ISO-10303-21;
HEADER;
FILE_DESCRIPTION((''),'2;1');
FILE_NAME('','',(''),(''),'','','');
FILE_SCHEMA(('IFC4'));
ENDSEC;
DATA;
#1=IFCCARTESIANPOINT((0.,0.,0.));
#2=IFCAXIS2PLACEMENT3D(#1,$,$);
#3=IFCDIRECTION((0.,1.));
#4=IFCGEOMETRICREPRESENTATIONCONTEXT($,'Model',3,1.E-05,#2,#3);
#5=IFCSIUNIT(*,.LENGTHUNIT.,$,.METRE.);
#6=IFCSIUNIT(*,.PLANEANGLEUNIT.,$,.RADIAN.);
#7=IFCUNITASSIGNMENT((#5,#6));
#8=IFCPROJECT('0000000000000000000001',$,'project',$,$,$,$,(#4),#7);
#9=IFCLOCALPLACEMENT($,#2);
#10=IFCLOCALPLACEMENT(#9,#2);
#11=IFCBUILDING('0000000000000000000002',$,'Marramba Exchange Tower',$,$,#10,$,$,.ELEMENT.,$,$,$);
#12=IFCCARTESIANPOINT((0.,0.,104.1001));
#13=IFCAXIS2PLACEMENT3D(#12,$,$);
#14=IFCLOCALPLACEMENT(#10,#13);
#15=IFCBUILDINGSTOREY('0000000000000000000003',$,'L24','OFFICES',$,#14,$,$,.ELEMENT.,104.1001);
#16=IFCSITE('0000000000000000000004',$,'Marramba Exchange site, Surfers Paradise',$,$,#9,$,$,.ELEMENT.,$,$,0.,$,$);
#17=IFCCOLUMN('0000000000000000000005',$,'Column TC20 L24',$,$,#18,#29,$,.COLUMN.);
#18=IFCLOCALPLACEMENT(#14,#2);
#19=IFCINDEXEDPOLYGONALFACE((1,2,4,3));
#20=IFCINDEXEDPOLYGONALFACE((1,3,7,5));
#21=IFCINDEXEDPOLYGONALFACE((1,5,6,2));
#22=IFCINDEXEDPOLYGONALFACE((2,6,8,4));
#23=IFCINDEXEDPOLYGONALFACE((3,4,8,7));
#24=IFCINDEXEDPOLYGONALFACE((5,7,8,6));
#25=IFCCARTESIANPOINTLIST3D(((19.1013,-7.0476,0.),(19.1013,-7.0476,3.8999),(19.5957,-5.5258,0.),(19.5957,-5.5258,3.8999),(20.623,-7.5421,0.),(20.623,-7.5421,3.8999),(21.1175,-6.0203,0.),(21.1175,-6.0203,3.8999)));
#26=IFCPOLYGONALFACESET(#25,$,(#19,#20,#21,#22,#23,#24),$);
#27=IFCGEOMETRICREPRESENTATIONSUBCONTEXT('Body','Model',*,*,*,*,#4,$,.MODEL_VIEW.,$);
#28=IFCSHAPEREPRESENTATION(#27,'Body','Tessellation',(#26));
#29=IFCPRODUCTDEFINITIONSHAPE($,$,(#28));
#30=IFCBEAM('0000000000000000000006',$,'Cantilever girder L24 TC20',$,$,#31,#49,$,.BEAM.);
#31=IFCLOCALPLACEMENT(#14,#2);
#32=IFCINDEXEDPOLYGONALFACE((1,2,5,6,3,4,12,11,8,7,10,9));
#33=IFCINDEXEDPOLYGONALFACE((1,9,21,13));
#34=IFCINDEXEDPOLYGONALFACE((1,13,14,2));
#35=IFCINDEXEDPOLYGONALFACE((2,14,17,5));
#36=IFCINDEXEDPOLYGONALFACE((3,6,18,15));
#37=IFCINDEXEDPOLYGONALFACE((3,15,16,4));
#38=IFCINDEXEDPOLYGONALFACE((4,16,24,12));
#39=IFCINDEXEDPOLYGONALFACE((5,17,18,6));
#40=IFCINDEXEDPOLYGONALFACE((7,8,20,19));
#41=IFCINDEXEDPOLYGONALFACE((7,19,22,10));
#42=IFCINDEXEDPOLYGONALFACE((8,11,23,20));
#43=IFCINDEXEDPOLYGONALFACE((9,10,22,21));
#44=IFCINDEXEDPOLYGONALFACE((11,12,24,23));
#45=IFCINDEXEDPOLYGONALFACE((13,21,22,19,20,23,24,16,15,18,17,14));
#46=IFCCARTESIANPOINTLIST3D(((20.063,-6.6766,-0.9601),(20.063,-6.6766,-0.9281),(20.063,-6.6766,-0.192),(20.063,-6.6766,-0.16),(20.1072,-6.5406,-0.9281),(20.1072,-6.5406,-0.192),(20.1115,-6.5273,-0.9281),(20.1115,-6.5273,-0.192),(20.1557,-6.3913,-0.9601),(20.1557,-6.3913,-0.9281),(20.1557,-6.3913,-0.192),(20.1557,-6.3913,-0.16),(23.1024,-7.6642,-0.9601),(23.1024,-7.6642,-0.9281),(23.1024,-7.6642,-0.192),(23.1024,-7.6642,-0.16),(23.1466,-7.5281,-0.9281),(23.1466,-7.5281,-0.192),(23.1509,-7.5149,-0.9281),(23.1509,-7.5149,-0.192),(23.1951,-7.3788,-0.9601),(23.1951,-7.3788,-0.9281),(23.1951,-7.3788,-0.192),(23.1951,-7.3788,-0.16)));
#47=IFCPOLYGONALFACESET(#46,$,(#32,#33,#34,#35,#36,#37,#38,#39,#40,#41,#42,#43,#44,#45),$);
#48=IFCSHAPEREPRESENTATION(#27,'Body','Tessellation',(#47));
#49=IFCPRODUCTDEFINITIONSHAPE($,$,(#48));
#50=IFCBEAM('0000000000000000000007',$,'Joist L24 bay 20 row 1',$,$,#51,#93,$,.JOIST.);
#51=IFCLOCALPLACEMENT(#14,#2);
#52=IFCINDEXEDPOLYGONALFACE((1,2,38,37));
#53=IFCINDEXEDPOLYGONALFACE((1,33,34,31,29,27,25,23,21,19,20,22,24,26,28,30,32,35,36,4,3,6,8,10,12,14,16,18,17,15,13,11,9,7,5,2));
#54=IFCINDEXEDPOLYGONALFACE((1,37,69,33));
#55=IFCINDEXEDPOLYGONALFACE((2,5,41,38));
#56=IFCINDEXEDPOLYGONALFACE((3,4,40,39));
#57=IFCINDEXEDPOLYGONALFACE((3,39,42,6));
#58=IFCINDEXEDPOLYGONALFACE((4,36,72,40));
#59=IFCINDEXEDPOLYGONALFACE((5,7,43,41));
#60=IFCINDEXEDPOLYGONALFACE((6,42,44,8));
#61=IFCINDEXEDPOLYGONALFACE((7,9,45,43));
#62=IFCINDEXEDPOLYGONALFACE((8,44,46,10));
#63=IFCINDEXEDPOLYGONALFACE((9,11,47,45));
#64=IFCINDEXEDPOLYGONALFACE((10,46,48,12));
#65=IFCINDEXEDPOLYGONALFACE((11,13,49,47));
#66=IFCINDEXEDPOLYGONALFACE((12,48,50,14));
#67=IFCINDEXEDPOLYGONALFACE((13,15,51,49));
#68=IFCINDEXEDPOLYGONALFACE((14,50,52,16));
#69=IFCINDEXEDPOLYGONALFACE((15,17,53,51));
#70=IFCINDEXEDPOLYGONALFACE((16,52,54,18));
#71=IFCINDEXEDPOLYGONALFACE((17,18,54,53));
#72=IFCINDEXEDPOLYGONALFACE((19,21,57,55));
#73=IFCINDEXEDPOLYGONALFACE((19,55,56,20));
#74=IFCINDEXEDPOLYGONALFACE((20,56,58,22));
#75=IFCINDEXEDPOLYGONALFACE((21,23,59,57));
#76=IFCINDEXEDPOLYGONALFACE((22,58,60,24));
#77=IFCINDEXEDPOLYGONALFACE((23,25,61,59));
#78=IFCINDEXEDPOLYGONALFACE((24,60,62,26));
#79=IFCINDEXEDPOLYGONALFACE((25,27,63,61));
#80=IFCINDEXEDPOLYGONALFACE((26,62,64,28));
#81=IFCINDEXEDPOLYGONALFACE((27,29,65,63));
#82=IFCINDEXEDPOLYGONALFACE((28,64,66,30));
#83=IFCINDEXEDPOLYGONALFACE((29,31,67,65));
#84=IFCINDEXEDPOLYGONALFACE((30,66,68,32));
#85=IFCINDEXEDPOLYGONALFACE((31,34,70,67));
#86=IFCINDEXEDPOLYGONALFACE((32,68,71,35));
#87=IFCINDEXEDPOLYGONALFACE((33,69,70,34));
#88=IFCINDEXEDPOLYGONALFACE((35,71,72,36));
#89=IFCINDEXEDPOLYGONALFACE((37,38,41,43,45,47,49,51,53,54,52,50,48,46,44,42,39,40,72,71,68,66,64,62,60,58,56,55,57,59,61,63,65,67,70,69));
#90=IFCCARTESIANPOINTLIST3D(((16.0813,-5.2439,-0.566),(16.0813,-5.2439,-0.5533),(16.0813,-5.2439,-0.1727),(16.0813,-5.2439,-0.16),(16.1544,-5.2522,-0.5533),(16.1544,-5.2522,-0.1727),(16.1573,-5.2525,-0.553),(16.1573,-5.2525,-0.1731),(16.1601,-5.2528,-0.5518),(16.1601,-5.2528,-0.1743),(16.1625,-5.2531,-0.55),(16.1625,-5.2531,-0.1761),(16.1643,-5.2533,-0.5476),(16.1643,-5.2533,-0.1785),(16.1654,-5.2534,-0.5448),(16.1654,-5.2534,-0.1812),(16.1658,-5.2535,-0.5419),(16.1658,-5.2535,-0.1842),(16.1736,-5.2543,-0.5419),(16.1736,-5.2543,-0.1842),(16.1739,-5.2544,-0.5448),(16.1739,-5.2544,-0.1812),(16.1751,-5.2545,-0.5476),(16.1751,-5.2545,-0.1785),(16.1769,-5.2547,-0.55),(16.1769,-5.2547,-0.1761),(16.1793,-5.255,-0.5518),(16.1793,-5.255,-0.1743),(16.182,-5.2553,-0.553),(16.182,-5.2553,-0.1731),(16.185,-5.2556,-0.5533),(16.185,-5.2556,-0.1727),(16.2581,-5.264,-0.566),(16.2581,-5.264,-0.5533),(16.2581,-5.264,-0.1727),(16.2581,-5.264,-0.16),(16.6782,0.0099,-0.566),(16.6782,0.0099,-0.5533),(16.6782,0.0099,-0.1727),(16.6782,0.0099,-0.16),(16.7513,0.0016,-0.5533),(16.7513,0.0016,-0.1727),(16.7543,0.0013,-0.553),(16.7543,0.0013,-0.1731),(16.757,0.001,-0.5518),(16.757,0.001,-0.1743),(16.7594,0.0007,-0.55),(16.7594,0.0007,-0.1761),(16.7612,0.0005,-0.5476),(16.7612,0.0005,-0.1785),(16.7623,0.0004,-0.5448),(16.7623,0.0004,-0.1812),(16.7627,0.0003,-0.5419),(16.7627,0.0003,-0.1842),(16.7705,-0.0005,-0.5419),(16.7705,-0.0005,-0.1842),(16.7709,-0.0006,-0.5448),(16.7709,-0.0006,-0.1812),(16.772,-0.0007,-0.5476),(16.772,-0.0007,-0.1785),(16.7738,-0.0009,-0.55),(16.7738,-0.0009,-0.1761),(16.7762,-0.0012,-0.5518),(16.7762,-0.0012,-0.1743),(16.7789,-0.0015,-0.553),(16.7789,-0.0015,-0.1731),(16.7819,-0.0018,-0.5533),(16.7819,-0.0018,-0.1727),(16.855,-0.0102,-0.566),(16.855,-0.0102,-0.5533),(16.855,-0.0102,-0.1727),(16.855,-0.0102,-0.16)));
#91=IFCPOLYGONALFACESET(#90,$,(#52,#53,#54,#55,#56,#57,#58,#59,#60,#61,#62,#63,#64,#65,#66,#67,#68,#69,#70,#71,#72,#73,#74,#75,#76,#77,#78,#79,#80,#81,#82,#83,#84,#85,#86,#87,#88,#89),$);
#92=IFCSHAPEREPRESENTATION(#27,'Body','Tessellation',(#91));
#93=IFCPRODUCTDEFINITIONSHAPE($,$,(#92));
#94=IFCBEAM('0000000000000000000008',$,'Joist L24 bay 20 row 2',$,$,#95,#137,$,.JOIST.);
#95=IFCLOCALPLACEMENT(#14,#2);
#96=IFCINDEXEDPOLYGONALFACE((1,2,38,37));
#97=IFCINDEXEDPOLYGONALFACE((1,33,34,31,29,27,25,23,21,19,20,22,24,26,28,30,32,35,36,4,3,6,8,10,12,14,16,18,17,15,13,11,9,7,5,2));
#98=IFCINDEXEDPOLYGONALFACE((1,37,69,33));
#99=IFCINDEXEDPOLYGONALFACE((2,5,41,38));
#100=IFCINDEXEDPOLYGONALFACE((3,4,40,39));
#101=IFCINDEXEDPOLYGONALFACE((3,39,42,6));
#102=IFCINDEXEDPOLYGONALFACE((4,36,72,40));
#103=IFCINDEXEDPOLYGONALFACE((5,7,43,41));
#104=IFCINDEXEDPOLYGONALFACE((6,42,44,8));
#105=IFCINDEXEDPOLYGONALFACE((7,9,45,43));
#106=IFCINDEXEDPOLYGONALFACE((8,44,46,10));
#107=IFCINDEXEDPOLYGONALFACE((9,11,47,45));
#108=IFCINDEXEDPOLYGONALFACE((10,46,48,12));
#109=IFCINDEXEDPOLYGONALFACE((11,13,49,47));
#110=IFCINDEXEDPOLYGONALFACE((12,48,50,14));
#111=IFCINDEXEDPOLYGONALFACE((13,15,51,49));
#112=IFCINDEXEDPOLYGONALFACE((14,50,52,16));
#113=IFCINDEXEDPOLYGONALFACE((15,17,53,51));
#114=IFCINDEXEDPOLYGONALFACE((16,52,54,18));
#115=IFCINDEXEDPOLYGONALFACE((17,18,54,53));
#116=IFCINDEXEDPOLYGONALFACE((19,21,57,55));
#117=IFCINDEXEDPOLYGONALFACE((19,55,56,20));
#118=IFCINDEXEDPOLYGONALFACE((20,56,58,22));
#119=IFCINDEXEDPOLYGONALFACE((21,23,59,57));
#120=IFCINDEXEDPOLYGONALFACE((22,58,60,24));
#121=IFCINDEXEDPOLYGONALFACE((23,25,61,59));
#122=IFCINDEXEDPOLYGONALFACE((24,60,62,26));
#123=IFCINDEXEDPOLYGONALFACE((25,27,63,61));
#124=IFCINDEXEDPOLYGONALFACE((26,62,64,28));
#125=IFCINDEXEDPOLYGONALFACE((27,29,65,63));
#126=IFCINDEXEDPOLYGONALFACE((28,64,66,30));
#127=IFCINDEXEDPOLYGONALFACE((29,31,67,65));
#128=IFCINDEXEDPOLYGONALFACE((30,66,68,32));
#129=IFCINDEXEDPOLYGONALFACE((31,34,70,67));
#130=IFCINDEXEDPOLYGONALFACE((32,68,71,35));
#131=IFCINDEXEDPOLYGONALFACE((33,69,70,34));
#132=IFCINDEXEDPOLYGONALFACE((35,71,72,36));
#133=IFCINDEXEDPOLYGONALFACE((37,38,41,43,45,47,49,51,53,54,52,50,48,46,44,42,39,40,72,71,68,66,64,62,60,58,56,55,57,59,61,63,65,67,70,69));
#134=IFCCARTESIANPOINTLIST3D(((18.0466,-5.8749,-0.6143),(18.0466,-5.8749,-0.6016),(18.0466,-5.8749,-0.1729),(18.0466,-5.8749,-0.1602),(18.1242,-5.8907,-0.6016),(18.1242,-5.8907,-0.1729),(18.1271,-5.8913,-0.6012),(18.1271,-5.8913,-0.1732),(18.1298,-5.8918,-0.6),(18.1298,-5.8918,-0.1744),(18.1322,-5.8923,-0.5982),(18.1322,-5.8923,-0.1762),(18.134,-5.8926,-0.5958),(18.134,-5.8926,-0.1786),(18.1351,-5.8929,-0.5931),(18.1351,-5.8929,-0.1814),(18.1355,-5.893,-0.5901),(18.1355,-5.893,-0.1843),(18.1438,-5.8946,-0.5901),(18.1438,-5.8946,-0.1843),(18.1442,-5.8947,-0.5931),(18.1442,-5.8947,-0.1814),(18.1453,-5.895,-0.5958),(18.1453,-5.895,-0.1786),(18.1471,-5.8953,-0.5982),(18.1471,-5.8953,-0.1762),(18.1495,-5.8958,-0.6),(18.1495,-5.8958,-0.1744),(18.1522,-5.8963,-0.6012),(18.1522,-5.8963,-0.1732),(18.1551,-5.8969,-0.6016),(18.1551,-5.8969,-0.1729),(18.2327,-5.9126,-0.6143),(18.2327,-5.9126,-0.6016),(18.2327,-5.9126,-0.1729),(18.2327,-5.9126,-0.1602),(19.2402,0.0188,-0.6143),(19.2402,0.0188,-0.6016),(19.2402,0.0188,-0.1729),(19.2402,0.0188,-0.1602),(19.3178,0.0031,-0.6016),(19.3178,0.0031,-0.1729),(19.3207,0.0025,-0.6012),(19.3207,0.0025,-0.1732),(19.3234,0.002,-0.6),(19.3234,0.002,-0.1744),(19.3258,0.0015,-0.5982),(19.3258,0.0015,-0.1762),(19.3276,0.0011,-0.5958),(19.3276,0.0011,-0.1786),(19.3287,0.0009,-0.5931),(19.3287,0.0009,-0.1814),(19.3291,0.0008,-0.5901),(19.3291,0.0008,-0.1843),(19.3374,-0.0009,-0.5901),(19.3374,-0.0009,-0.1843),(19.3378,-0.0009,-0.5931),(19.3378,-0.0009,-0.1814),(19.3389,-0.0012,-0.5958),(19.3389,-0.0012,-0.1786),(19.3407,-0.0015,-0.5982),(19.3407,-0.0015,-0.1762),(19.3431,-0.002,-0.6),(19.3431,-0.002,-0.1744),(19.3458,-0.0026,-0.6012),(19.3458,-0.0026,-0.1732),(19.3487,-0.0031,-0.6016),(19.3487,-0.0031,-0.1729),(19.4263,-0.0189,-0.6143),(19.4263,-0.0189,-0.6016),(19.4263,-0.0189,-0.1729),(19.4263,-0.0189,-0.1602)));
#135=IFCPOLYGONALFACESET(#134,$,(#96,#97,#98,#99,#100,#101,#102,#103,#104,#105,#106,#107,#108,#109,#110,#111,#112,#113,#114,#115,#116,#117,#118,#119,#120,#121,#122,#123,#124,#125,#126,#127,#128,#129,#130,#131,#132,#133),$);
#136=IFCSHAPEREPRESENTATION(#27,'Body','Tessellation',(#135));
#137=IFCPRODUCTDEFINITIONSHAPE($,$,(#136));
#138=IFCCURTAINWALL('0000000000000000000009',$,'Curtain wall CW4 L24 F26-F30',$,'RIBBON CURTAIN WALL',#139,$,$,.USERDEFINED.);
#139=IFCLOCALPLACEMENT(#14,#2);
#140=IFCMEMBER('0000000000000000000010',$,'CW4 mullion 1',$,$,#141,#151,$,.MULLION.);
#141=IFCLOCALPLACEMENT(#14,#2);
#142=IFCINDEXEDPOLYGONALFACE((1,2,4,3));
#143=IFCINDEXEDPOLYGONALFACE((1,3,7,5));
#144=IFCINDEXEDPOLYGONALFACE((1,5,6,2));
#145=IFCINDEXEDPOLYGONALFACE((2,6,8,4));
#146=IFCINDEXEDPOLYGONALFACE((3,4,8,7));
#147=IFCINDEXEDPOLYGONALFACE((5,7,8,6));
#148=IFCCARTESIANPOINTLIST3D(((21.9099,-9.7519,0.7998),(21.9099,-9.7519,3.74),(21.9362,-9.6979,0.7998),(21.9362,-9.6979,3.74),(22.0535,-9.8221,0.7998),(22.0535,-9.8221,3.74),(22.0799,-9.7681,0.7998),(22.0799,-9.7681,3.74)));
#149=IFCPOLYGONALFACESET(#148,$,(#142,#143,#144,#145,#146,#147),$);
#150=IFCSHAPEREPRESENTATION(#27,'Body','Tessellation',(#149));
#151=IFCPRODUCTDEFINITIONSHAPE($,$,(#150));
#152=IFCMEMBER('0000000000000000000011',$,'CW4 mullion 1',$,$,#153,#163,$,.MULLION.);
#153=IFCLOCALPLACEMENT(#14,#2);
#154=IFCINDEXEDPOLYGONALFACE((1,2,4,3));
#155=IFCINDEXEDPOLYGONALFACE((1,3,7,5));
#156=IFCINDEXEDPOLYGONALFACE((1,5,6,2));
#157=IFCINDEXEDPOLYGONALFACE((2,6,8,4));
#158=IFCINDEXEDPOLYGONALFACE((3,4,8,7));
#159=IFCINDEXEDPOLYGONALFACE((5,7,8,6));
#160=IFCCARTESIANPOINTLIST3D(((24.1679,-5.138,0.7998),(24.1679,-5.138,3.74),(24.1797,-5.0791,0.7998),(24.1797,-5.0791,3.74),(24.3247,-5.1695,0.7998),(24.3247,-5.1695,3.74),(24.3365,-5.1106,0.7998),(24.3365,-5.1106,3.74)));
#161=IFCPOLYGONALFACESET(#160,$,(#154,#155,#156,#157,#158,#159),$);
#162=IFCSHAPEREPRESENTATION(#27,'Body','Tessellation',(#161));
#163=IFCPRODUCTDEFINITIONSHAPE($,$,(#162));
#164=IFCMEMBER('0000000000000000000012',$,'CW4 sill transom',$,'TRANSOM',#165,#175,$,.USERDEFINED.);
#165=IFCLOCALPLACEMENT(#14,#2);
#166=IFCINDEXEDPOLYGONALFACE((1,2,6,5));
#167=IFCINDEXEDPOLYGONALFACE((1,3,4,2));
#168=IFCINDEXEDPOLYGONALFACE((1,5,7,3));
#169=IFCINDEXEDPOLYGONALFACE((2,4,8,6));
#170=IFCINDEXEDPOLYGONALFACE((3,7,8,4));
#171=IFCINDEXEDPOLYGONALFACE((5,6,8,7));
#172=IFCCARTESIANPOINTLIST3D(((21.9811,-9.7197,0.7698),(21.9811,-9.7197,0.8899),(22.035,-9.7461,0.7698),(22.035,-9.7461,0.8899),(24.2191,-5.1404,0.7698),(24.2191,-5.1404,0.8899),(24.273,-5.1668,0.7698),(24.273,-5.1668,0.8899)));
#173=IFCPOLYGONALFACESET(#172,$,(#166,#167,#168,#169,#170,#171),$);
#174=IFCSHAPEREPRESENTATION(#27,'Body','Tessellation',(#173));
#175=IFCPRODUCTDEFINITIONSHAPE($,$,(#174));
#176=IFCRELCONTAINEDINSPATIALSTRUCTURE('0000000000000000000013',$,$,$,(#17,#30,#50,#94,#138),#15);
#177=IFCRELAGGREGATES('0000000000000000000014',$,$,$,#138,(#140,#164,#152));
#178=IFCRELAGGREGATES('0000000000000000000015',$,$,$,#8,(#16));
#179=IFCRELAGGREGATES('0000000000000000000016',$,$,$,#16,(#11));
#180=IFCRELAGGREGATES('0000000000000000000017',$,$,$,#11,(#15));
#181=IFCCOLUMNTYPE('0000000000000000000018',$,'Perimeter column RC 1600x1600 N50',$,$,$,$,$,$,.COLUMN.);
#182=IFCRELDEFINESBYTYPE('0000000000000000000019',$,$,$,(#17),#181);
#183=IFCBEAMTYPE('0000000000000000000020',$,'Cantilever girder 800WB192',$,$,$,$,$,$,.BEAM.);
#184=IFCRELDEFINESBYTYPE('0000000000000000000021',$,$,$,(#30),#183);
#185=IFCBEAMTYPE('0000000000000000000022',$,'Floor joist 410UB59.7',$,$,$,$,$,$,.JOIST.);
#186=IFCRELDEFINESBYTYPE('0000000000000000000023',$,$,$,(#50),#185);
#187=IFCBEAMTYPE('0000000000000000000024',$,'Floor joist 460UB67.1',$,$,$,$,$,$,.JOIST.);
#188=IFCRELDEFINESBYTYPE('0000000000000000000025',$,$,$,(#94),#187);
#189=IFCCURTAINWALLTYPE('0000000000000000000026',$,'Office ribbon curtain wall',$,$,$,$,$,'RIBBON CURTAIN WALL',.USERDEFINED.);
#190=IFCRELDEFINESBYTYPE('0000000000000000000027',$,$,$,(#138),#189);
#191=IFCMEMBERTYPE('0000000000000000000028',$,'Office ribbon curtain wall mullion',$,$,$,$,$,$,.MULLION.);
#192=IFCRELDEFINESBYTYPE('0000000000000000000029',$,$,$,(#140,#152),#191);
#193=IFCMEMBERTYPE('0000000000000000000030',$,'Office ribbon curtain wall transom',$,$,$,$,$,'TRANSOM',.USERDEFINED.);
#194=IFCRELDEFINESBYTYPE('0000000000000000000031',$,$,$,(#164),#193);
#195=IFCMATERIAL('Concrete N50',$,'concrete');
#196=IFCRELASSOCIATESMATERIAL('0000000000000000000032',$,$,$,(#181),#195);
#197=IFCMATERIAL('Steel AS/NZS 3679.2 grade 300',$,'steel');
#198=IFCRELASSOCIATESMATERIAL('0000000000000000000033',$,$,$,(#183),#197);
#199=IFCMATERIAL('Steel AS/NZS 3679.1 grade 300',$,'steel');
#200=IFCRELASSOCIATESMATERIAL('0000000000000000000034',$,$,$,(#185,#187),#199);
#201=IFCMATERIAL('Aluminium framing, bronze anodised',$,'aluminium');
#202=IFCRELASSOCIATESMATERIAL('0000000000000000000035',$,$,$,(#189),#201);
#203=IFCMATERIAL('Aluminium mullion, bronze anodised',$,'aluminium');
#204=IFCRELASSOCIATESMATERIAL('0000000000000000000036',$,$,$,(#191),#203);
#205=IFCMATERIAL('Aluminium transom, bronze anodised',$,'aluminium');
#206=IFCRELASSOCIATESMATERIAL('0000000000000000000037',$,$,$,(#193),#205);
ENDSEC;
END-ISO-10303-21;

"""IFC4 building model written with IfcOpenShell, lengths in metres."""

from ifc_helpers import new_model, si_unit, direction, frame, origin, origin_2d, place, context, subcontext, project, spatial, rectangle, i_section, extrude, material, material_profile, profile_set, type_object, element, aggregate, save


model = new_model("IFC4")

# Units and contexts
model_context = context("Model", 3, precision=1e-05, world=origin(), true_north=direction((0.0, 1.0)))
body_context = subcontext(model_context, "Body", "Model", "MODEL_VIEW")
ifc_project = project(units=[si_unit("LENGTHUNIT", "METRE"), si_unit("PLANEANGLEUNIT", "RADIAN")], contexts=[model_context])

# Site, building, storey
site_placement = place(None, origin())
site = spatial("IfcSite", under=ifc_project, at=site_placement, Name="Marramba Exchange site, Surfers Paradise", CompositionType="ELEMENT", RefElevation=0.0)
building_placement = place(site_placement, origin())
building = spatial("IfcBuilding", under=site, at=building_placement, Name="Marramba Exchange Tower", CompositionType="ELEMENT")
storey_placement = place(building_placement, frame((0.0, 0.0, 104.1001)))
storey = spatial("IfcBuildingStorey", under=building, at=storey_placement, Name="L24", Description="OFFICES", CompositionType="ELEMENT", Elevation=104.1001)

# Column
ifc_material_1 = material(Name="Concrete N50", Category="concrete")
ifc_material_profile_1 = material_profile(ifc_material_1, rectangle(XDim=1.6001, YDim=1.6001, at=origin_2d()), Name="RC 1600x1600")
ifc_profile_set_1 = profile_set([ifc_material_profile_1], Name="Concrete N50")
column_type = type_object("IfcColumnType", Name="Perimeter column RC 1600x1600 N50", PredefinedType="COLUMN", material=ifc_profile_set_1)
column_placement = place(storey_placement, frame((20.1094, -6.5339, 0.0), z_axis=(0.0, 0.0, 1.0), x_axis=(0.951057, -0.309017, 0.0)))
element("IfcColumn", 1, at=column_placement, inside=storey, type_object=column_type, Name="Column TC20 L24", PredefinedType="COLUMN", context=body_context, shape_type="SweptSolid", body=[
    extrude(rectangle(XDim=1.6001, YDim=1.6001, at=origin_2d()), origin(), (0.0, 0.0, 1.0), 3.8999),
])

# Beams
ifc_material_2 = material(Name="Steel AS/NZS 3679.2 grade 300", Category="steel")
ifc_material_profile_2 = material_profile(ifc_material_2, i_section(OverallWidth=0.3, OverallDepth=0.8, WebThickness=0.0139, FlangeThickness=0.032, at=origin_2d()), Name="800WB192")
ifc_profile_set_2 = profile_set([ifc_material_profile_2], Name="Steel AS/NZS 3679.2 grade 300")
beam_type_1 = type_object("IfcBeamType", Name="Cantilever girder 800WB192", PredefinedType="BEAM", material=ifc_profile_set_2)
beam_1_placement = place(storey_placement, frame((20.1094, -6.5339, -0.5601), z_axis=(0.951055, -0.309022, 0.0), x_axis=(0.309022, 0.951055, 0.0)))
element("IfcBeam", 2, at=beam_1_placement, inside=storey, type_object=beam_type_1, Name="Cantilever girder L24 TC20", PredefinedType="BEAM", context=body_context, shape_type="SweptSolid", body=[
    extrude(i_section(OverallWidth=0.3, OverallDepth=0.8, WebThickness=0.0139, FlangeThickness=0.032, at=origin_2d()), origin(), (0.0, 0.0, 1.0), 3.1958),
])
ifc_material_3 = material(Name="Steel AS/NZS 3679.1 grade 300", Category="steel")
ifc_material_profile_3 = material_profile(ifc_material_3, i_section(OverallWidth=0.178, OverallDepth=0.406, WebThickness=0.0078, FlangeThickness=0.0127, FilletRadius=0.0115, at=origin_2d()), Name="410UB59.7")
ifc_profile_set_3 = profile_set([ifc_material_profile_3], Name="Steel AS/NZS 3679.1 grade 300")
beam_type_2 = type_object("IfcBeamType", Name="Floor joist 410UB59.7", PredefinedType="JOIST", material=ifc_profile_set_3)
beam_2_placement = place(storey_placement, frame((16.1697, -5.2539, -0.363), z_axis=(0.112889, 0.993608, 0.0), x_axis=(-0.993608, 0.112889, 0.0)))
element("IfcBeam", 3, at=beam_2_placement, inside=storey, type_object=beam_type_2, Name="Joist L24 bay 20 row 1", PredefinedType="JOIST", context=body_context, shape_type="SweptSolid", body=[
    extrude(i_section(OverallWidth=0.178, OverallDepth=0.406, WebThickness=0.0078, FlangeThickness=0.0127, FilletRadius=0.0115, at=origin_2d()), origin(), (0.0, 0.0, 1.0), 5.2876),
])
ifc_material_profile_4 = material_profile(ifc_material_3, i_section(OverallWidth=0.1899, OverallDepth=0.4541, WebThickness=0.0085, FlangeThickness=0.0127, FilletRadius=0.0115, at=origin_2d()), Name="460UB67.1")
ifc_profile_set_4 = profile_set([ifc_material_profile_4], Name="Steel AS/NZS 3679.1 grade 300")
beam_type_3 = type_object("IfcBeamType", Name="Floor joist 460UB67.1", PredefinedType="JOIST", material=ifc_profile_set_4)
beam_3_placement = place(storey_placement, frame((18.1396, -5.8938, -0.3872), z_axis=(0.198489, 0.980103, 0.0), x_axis=(-0.980103, 0.198489, 0.0)))
element("IfcBeam", 4, at=beam_3_placement, inside=storey, type_object=beam_type_3, Name="Joist L24 bay 20 row 2", PredefinedType="JOIST", context=body_context, shape_type="SweptSolid", body=[
    extrude(i_section(OverallWidth=0.1899, OverallDepth=0.4541, WebThickness=0.0085, FlangeThickness=0.0127, FilletRadius=0.0115, at=origin_2d()), origin(), (0.0, 0.0, 1.0), 6.0134),
])

# Curtain wall, members
ifc_material_4 = material(Name="Aluminium framing, bronze anodised", Category="aluminium")
curtain_wall_type = type_object("IfcCurtainWallType", Name="Office ribbon curtain wall", ElementType="RIBBON CURTAIN WALL", PredefinedType="USERDEFINED", material=ifc_material_4)
curtain_wall_placement = place(storey_placement, origin())
curtain_wall = element("IfcCurtainWall", 5, at=curtain_wall_placement, inside=storey, type_object=curtain_wall_type, Name="Curtain wall CW4 L24 F26-F30", ObjectType="RIBBON CURTAIN WALL", PredefinedType="USERDEFINED")
ifc_material_5 = material(Name="Aluminium mullion, bronze anodised", Category="aluminium")
ifc_material_profile_5 = material_profile(ifc_material_5, rectangle(XDim=0.1599, YDim=0.0601, at=origin_2d()), Name="CW4 mullion 60x160")
ifc_profile_set_5 = profile_set([ifc_material_profile_5], Name="Aluminium mullion, bronze anodised")
member_type_1 = type_object("IfcMemberType", Name="Office ribbon curtain wall mullion", PredefinedType="MULLION", material=ifc_profile_set_5)
member_1_placement = place(storey_placement, frame((21.9949, -9.76, 0.7998), z_axis=(0.0, 0.0, 1.0), x_axis=(-0.898445, 0.439086, 0.0)))
member_1 = element("IfcMember", 6, at=member_1_placement, type_object=member_type_1, Name="CW4 mullion 1", PredefinedType="MULLION", context=body_context, shape_type="SweptSolid", body=[
    extrude(rectangle(XDim=0.1599, YDim=0.0601, at=origin_2d()), origin(), (0.0, 0.0, 1.0), 2.9402),
])
member_2_placement = place(storey_placement, frame((24.2522, -5.1243, 0.7998), z_axis=(0.0, 0.0, 1.0), x_axis=(-0.980394, 0.197049, 0.0)))
member_2 = element("IfcMember", 7, at=member_2_placement, type_object=member_type_1, Name="CW4 mullion 1", PredefinedType="MULLION", context=body_context, shape_type="SweptSolid", body=[
    extrude(rectangle(XDim=0.1599, YDim=0.0601, at=origin_2d()), origin(), (0.0, 0.0, 1.0), 2.9402),
])
ifc_material_6 = material(Name="Aluminium transom, bronze anodised", Category="aluminium")
ifc_material_profile_6 = material_profile(ifc_material_6, rectangle(XDim=0.0601, YDim=0.1201, at=origin_2d()), Name="CW4 transom 60x120")
ifc_profile_set_6 = profile_set([ifc_material_profile_6], Name="Aluminium transom, bronze anodised")
member_type_2 = type_object("IfcMemberType", Name="Office ribbon curtain wall transom", ElementType="TRANSOM", PredefinedType="USERDEFINED", material=ifc_profile_set_6)
member_3_placement = place(storey_placement, frame((22.0081, -9.7329, 0.8298), z_axis=(0.439091, 0.898443, 0.0), x_axis=(-0.898443, 0.439091, 0.0)))
member_3 = element("IfcMember", 8, at=member_3_placement, type_object=member_type_2, Name="CW4 sill transom", ObjectType="TRANSOM", PredefinedType="USERDEFINED", context=body_context, shape_type="SweptSolid", body=[
    extrude(rectangle(XDim=0.0601, YDim=0.1201, at=origin_2d()), origin(), (0.0, 0.0, 1.0), 5.0969),
])

aggregate(curtain_wall, [member_1, member_3, member_2])

save(model, "model.ifc")
